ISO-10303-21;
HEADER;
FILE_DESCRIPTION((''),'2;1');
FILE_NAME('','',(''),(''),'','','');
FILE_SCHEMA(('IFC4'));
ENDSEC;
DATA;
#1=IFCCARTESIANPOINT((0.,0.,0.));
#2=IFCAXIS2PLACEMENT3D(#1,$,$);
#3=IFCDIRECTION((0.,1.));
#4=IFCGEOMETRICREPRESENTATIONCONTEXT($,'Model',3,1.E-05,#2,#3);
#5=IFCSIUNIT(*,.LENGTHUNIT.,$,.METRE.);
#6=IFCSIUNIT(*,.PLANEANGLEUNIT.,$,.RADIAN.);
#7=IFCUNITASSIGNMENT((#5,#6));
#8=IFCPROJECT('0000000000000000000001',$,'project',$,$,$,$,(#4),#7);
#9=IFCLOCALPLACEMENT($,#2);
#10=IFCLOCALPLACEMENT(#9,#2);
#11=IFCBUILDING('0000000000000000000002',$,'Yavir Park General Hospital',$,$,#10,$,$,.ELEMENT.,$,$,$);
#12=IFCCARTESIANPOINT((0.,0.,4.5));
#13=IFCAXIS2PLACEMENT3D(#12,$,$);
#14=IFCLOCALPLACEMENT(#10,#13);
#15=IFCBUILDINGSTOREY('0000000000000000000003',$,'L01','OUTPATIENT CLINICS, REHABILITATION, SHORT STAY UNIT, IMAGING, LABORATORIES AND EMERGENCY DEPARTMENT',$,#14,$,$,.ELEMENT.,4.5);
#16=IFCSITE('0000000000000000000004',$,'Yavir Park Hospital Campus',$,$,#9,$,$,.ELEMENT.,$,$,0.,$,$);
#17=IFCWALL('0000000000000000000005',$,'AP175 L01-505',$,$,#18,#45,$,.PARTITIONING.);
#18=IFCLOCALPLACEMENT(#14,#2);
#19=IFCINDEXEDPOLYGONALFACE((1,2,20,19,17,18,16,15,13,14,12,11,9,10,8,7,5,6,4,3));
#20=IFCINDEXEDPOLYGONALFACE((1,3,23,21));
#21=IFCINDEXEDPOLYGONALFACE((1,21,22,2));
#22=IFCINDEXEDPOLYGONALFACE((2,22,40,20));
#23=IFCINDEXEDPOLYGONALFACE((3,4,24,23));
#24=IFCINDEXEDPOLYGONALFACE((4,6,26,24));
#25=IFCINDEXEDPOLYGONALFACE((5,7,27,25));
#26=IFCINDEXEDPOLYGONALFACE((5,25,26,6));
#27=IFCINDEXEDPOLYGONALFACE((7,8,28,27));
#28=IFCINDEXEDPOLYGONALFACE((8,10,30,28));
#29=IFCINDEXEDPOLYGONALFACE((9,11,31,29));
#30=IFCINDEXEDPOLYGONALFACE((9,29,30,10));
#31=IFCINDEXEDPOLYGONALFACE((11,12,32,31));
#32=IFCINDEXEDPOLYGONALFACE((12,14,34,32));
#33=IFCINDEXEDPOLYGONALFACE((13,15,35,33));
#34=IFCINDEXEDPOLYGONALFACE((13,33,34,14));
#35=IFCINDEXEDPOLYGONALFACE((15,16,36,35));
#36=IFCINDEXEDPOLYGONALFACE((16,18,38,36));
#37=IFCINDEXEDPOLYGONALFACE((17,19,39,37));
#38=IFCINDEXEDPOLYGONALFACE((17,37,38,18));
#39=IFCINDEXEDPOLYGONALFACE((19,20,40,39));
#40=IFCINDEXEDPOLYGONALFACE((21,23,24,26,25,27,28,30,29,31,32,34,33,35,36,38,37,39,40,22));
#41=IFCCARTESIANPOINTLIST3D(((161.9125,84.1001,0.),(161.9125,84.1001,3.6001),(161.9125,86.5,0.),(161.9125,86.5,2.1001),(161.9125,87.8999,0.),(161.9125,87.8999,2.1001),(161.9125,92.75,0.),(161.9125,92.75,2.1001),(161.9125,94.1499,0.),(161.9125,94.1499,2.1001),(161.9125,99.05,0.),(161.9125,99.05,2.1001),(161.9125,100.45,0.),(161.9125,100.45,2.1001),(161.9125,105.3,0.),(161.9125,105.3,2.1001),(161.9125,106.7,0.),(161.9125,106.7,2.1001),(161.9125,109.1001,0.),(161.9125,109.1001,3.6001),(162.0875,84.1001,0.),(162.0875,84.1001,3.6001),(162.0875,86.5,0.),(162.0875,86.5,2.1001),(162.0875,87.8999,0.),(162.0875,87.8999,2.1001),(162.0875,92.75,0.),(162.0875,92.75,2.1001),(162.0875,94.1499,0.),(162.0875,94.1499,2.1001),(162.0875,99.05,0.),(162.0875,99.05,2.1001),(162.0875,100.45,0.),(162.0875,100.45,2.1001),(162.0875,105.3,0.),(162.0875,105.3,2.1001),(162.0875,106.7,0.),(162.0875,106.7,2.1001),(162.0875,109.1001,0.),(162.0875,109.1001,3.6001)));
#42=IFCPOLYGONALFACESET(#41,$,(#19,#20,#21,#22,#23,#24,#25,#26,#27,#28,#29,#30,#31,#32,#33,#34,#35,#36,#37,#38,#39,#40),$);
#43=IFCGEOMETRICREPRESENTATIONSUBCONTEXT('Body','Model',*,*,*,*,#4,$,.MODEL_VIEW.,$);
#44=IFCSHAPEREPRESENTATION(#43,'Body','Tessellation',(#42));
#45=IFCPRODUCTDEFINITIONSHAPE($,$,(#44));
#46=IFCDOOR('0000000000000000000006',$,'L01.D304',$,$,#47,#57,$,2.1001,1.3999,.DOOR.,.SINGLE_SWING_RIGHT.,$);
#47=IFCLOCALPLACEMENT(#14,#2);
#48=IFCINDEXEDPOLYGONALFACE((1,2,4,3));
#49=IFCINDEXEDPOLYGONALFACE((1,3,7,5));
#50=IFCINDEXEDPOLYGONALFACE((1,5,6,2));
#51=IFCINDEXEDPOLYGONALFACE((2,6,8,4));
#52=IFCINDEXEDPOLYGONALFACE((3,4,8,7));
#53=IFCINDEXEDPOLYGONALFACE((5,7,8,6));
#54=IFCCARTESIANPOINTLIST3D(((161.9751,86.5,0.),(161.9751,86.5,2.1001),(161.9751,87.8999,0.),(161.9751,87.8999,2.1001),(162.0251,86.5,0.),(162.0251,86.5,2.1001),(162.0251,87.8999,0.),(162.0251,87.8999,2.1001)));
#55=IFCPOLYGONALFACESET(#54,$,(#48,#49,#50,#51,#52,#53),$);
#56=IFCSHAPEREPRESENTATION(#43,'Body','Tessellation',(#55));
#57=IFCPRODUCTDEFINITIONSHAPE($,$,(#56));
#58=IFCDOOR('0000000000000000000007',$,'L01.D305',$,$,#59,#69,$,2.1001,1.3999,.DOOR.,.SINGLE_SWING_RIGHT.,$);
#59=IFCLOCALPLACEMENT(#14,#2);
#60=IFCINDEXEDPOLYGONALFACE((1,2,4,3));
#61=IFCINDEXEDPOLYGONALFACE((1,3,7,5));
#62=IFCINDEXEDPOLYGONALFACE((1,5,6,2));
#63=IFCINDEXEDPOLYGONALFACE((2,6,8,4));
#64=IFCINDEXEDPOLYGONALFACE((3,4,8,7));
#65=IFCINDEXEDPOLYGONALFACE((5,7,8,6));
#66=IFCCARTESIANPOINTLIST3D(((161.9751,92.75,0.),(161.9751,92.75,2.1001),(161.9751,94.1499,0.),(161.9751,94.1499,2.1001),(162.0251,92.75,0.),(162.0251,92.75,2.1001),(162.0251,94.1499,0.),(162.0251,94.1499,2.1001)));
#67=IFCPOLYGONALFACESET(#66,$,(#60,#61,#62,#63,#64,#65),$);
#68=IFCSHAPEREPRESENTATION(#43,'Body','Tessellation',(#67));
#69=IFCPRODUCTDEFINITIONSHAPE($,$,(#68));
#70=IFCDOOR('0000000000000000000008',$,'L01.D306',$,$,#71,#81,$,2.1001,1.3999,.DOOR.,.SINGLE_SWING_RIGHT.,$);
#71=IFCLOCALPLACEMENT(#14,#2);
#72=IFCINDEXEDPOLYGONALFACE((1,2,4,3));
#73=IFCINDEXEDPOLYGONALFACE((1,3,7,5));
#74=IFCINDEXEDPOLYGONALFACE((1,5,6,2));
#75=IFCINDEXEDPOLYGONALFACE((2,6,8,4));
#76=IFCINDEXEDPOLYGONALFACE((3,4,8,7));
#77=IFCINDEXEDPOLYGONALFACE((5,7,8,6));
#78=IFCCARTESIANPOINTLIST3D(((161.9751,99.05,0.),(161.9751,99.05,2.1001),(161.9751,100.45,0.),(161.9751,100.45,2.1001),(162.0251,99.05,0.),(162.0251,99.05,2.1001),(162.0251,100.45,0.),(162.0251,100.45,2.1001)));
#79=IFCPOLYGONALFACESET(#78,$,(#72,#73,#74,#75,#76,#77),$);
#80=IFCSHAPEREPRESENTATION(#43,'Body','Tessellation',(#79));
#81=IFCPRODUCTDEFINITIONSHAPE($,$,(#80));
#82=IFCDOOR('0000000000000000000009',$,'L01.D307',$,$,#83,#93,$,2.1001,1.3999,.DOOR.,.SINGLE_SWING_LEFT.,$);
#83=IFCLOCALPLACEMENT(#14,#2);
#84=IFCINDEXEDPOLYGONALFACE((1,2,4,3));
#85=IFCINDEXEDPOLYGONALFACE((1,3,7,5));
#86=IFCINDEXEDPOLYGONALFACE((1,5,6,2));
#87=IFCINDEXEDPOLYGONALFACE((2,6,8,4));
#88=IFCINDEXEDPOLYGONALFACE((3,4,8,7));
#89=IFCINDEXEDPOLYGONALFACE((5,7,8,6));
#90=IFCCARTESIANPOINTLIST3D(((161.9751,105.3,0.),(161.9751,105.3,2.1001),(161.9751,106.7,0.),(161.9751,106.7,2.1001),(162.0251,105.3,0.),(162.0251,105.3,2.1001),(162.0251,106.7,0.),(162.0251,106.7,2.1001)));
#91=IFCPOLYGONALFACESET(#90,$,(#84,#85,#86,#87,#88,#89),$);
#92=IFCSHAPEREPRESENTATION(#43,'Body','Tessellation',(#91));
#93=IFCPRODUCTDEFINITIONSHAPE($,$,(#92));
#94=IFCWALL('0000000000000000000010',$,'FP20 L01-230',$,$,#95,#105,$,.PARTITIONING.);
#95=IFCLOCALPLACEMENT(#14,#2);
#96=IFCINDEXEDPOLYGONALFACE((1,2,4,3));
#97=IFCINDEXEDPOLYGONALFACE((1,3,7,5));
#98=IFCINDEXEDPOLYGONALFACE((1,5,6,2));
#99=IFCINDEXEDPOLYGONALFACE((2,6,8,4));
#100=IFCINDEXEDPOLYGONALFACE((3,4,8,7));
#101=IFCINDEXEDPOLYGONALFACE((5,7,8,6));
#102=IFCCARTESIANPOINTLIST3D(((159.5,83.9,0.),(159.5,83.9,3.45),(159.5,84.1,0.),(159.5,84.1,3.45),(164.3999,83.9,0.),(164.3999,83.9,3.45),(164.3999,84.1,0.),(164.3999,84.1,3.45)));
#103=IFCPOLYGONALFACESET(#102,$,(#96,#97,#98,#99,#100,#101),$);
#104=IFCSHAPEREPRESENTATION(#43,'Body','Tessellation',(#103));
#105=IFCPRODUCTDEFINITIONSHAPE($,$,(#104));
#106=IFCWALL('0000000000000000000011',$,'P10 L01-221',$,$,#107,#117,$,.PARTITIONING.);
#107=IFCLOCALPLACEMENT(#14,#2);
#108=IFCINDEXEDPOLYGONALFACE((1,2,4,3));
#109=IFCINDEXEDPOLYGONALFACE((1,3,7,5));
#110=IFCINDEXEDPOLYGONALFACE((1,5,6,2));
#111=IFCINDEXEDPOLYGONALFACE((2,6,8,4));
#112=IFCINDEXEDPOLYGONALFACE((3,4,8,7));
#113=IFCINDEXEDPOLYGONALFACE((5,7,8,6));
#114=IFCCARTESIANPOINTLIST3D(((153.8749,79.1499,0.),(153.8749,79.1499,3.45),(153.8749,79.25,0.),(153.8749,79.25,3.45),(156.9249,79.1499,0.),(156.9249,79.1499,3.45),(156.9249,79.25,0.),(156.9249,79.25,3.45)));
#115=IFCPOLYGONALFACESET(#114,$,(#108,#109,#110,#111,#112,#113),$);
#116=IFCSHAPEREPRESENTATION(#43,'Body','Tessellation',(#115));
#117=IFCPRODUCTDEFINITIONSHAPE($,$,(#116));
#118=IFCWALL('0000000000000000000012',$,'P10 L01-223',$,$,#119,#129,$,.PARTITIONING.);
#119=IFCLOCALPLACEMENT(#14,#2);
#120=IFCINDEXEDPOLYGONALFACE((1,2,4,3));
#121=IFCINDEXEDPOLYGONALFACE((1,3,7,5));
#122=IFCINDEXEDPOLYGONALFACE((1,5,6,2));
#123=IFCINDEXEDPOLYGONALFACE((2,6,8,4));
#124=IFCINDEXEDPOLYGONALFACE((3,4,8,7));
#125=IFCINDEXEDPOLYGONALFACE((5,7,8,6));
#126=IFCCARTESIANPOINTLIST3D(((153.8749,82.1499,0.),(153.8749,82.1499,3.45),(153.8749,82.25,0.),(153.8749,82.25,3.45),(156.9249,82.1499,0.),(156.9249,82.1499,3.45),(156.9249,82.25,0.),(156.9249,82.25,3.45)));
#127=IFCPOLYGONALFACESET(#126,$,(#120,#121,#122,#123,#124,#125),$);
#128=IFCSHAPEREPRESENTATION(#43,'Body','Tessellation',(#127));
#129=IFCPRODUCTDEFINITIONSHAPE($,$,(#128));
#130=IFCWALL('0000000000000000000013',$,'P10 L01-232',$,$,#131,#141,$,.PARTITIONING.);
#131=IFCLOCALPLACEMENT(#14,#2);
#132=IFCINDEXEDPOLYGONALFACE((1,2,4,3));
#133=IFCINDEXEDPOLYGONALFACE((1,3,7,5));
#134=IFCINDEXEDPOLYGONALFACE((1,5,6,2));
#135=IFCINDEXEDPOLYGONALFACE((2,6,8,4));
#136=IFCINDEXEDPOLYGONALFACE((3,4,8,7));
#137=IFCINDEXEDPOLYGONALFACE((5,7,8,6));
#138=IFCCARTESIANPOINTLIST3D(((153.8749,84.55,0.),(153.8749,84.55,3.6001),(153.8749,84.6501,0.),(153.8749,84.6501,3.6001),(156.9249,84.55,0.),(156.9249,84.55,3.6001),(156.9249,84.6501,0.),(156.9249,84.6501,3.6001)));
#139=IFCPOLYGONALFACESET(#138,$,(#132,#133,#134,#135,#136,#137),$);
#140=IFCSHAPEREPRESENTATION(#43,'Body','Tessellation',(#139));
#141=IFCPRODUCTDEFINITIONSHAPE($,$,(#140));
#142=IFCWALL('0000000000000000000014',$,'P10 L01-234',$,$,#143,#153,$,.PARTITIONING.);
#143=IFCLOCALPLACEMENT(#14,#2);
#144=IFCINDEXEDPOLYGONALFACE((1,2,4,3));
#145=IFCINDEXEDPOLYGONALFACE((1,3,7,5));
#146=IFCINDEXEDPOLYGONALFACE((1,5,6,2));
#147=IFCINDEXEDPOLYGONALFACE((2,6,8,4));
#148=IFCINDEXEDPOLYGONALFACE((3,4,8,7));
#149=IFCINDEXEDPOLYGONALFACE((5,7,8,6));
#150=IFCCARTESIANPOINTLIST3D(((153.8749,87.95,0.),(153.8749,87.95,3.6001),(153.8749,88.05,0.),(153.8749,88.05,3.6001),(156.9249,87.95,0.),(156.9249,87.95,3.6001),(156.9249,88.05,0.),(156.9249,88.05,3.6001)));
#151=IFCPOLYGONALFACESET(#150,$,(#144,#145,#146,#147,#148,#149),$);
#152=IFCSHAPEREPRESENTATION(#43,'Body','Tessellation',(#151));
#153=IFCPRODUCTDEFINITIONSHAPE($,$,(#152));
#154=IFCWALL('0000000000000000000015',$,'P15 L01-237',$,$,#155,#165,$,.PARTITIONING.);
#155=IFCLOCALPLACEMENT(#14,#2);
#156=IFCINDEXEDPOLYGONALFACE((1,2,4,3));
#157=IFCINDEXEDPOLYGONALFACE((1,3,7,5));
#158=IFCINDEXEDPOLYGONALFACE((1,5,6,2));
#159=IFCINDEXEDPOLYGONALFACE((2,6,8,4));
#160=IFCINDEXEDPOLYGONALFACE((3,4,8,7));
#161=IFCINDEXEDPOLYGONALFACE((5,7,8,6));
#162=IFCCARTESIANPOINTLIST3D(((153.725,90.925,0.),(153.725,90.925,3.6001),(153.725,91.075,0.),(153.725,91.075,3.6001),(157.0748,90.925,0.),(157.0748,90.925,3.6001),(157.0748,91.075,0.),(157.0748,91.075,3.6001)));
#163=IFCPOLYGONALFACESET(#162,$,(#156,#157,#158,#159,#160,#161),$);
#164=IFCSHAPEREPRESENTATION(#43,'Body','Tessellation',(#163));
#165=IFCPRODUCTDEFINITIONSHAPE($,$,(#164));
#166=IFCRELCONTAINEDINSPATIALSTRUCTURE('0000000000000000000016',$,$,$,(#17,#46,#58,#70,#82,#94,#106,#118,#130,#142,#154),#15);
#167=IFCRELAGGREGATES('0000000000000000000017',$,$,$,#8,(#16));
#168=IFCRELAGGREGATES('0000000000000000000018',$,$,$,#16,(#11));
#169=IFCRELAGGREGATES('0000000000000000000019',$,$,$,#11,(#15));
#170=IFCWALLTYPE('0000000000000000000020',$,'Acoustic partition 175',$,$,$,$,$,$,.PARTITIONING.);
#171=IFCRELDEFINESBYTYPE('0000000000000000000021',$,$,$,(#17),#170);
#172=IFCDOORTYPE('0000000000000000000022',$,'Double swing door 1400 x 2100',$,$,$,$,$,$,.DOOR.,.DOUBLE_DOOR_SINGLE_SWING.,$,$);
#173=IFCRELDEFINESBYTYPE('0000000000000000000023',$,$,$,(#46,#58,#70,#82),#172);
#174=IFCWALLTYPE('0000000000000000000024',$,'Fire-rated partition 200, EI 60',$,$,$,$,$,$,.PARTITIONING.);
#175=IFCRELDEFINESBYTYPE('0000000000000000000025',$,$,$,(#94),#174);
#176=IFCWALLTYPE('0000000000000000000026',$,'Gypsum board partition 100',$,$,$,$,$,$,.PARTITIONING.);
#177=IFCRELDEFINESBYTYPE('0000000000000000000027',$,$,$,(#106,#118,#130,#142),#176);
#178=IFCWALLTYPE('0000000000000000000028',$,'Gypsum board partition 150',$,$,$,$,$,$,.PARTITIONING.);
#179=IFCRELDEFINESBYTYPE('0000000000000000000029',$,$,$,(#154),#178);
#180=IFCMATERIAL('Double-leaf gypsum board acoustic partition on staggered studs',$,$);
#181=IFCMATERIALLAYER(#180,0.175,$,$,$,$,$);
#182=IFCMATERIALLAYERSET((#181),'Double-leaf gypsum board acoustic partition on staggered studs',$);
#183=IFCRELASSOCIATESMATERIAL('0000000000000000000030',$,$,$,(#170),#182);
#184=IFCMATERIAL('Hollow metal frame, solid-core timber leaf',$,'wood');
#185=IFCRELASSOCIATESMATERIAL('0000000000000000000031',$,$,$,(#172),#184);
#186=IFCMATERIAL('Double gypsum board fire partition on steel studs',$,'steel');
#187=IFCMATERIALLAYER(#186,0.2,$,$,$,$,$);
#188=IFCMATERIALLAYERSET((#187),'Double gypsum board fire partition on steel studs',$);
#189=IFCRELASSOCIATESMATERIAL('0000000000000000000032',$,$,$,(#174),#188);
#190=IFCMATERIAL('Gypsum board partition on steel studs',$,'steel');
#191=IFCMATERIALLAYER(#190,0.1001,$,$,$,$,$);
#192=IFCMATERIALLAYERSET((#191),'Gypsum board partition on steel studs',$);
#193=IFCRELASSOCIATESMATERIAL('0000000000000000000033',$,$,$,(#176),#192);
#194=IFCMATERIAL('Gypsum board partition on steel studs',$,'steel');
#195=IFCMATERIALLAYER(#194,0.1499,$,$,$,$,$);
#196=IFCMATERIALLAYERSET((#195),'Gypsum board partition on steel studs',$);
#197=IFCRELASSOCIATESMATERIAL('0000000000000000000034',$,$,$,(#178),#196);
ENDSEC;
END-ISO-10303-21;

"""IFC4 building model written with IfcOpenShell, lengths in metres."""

from ifc_helpers import new_model, si_unit, direction, frame, frame_2d, origin, place, context, subcontext, project, spatial, rectangle, extrude, material, layer, layer_set, type_object, element, fill, save


model = new_model("IFC4")

# Units and contexts
model_context = context("Model", 3, precision=1e-05, world=origin(), true_north=direction((0.0, 1.0)))
body_context = subcontext(model_context, "Body", "Model", "MODEL_VIEW")
ifc_project = project(units=[si_unit("LENGTHUNIT", "METRE"), si_unit("PLANEANGLEUNIT", "RADIAN")], contexts=[model_context])

# Site, building, storey
site_placement = place(None, origin())
site = spatial("IfcSite", under=ifc_project, at=site_placement, Name="Yavir Park Hospital Campus", CompositionType="ELEMENT", RefElevation=0.0)
building_placement = place(site_placement, origin())
building = spatial("IfcBuilding", under=site, at=building_placement, Name="Yavir Park General Hospital", CompositionType="ELEMENT")
storey_placement = place(building_placement, frame((0.0, 0.0, 4.5)))
storey = spatial("IfcBuildingStorey", under=building, at=storey_placement, Name="L01", Description="OUTPATIENT CLINICS, REHABILITATION, SHORT STAY UNIT, IMAGING, LABORATORIES AND EMERGENCY DEPARTMENT", CompositionType="ELEMENT", Elevation=4.5)

# Shared definitions
ifc_material_1 = material(Name="Double-leaf gypsum board acoustic partition on staggered studs")
ifc_layer_1 = layer(ifc_material_1, 0.175)
ifc_layer_set_1 = layer_set([ifc_layer_1], Name="Double-leaf gypsum board acoustic partition on staggered studs")
wall_type_1 = type_object("IfcWallType", Name="Acoustic partition 175", PredefinedType="PARTITIONING", material=ifc_layer_set_1)

# Wall, openings, doors
wall_1_placement = place(storey_placement, frame((162.0, 84.1001, 0.0), z_axis=(0.0, 0.0, 1.0), x_axis=(0.0, 1.0, 0.0)))
wall_1 = element("IfcWall", 1, at=wall_1_placement, inside=storey, type_object=wall_type_1, Name="AP175 L01-505", PredefinedType="PARTITIONING", context=body_context, shape_type="SweptSolid", body=[
    extrude(rectangle(XDim=25.0, YDim=0.175, at=frame_2d((12.5, 0.0))), origin(), (0.0, 0.0, 1.0), 3.6001),
])
opening_1_placement = place(wall_1_placement, frame((2.3999, 0.0, 0.0)))
opening_1 = element("IfcOpeningElement", 2, at=opening_1_placement, cuts=wall_1, PredefinedType="OPENING", context=body_context, shape_type="SweptSolid", body=[
    extrude(rectangle(XDim=1.3999, YDim=2.1001, at=frame_2d((0.7, 1.05))), frame((0.0, 0.0974, 0.0), z_axis=(0.0, -1.0, 0.0), x_axis=(1.0, 0.0, 0.0)), (0.0, 0.0, 1.0), 0.1951),
])
opening_2_placement = place(wall_1_placement, frame((8.6499, 0.0, 0.0)))
opening_2 = element("IfcOpeningElement", 3, at=opening_2_placement, cuts=wall_1, PredefinedType="OPENING", context=body_context, shape_type="SweptSolid", body=[
    extrude(rectangle(XDim=1.3999, YDim=2.1001, at=frame_2d((0.7, 1.05))), frame((0.0, 0.0974, 0.0), z_axis=(0.0, -1.0, 0.0), x_axis=(1.0, 0.0, 0.0)), (0.0, 0.0, 1.0), 0.1951),
])
opening_3_placement = place(wall_1_placement, frame((14.95, 0.0, 0.0)))
opening_3 = element("IfcOpeningElement", 4, at=opening_3_placement, cuts=wall_1, PredefinedType="OPENING", context=body_context, shape_type="SweptSolid", body=[
    extrude(rectangle(XDim=1.3999, YDim=2.1001, at=frame_2d((0.7, 1.05))), frame((0.0, 0.0974, 0.0), z_axis=(0.0, -1.0, 0.0), x_axis=(1.0, 0.0, 0.0)), (0.0, 0.0, 1.0), 0.1951),
])
opening_4_placement = place(wall_1_placement, frame((21.2, 0.0, 0.0)))
opening_4 = element("IfcOpeningElement", 5, at=opening_4_placement, cuts=wall_1, PredefinedType="OPENING", context=body_context, shape_type="SweptSolid", body=[
    extrude(rectangle(XDim=1.3999, YDim=2.1001, at=frame_2d((0.7, 1.05))), frame((0.0, 0.0974, 0.0), z_axis=(0.0, -1.0, 0.0), x_axis=(1.0, 0.0, 0.0)), (0.0, 0.0, 1.0), 0.1951),
])
ifc_material_2 = material(Name="Hollow metal frame, solid-core timber leaf", Category="wood")
door_type = type_object("IfcDoorType", Name="Double swing door 1400 x 2100", OperationType="DOUBLE_DOOR_SINGLE_SWING", PredefinedType="DOOR", material=ifc_material_2)
door_1_placement = place(opening_1_placement, origin())
door_1 = element("IfcDoor", 6, at=door_1_placement, inside=storey, type_object=door_type, Name="L01.D304", OperationType="SINGLE_SWING_RIGHT", OverallHeight=2.1001, OverallWidth=1.3999, PredefinedType="DOOR", context=body_context, shape_type="SweptSolid", body=[
    extrude(rectangle(XDim=1.3999, YDim=2.1001, at=frame_2d((0.7, 1.05))), frame((0.0, 0.0249, 0.0), z_axis=(0.0, -1.0, 0.0), x_axis=(1.0, 0.0, 0.0)), (0.0, 0.0, 1.0), 0.05),
])
fill(opening_1, door_1)
door_2_placement = place(opening_2_placement, origin())
door_2 = element("IfcDoor", 7, at=door_2_placement, inside=storey, type_object=door_type, Name="L01.D305", OperationType="SINGLE_SWING_RIGHT", OverallHeight=2.1001, OverallWidth=1.3999, PredefinedType="DOOR", context=body_context, shape_type="SweptSolid", body=[
    extrude(rectangle(XDim=1.3999, YDim=2.1001, at=frame_2d((0.7, 1.05))), frame((0.0, 0.0249, 0.0), z_axis=(0.0, -1.0, 0.0), x_axis=(1.0, 0.0, 0.0)), (0.0, 0.0, 1.0), 0.05),
])
fill(opening_2, door_2)
door_3_placement = place(opening_3_placement, origin())
door_3 = element("IfcDoor", 8, at=door_3_placement, inside=storey, type_object=door_type, Name="L01.D306", OperationType="SINGLE_SWING_RIGHT", OverallHeight=2.1001, OverallWidth=1.3999, PredefinedType="DOOR", context=body_context, shape_type="SweptSolid", body=[
    extrude(rectangle(XDim=1.3999, YDim=2.1001, at=frame_2d((0.7, 1.05))), frame((0.0, 0.0249, 0.0), z_axis=(0.0, -1.0, 0.0), x_axis=(1.0, 0.0, 0.0)), (0.0, 0.0, 1.0), 0.05),
])
fill(opening_3, door_3)
door_4_placement = place(opening_4_placement, origin())
door_4 = element("IfcDoor", 9, at=door_4_placement, inside=storey, type_object=door_type, Name="L01.D307", OperationType="SINGLE_SWING_LEFT", OverallHeight=2.1001, OverallWidth=1.3999, PredefinedType="DOOR", context=body_context, shape_type="SweptSolid", body=[
    extrude(rectangle(XDim=1.3999, YDim=2.1001, at=frame_2d((0.7, 1.05))), frame((0.0, 0.0249, 0.0), z_axis=(0.0, -1.0, 0.0), x_axis=(1.0, 0.0, 0.0)), (0.0, 0.0, 1.0), 0.05),
])
fill(opening_4, door_4)

# Walls
ifc_material_3 = material(Name="Double gypsum board fire partition on steel studs", Category="steel")
ifc_layer_2 = layer(ifc_material_3, 0.2)
ifc_layer_set_2 = layer_set([ifc_layer_2], Name="Double gypsum board fire partition on steel studs")
wall_type_2 = type_object("IfcWallType", Name="Fire-rated partition 200, EI 60", PredefinedType="PARTITIONING", material=ifc_layer_set_2)
wall_2_placement = place(storey_placement, frame((159.5, 84.0, 0.0), z_axis=(0.0, 0.0, 1.0), x_axis=(1.0, 0.0, 0.0)))
element("IfcWall", 10, at=wall_2_placement, inside=storey, type_object=wall_type_2, Name="FP20 L01-230", PredefinedType="PARTITIONING", context=body_context, shape_type="SweptSolid", body=[
    extrude(rectangle(XDim=4.8999, YDim=0.2, at=frame_2d((2.45, 0.0))), origin(), (0.0, 0.0, 1.0), 3.45),
])
ifc_material_4 = material(Name="Gypsum board partition on steel studs", Category="steel")
ifc_layer_3 = layer(ifc_material_4, 0.1001)
ifc_layer_set_3 = layer_set([ifc_layer_3], Name="Gypsum board partition on steel studs")
wall_type_3 = type_object("IfcWallType", Name="Gypsum board partition 100", PredefinedType="PARTITIONING", material=ifc_layer_set_3)
for number, where, z_axis, x_axis, name in (
    (11, (153.875, 79.2, 0.0), (0.0, 0.0, 1.0), (1.0, 0.0, 0.0), "P10 L01-221"),
    (12, (153.875, 82.2, 0.0), (0.0, 0.0, 1.0), (1.0, 0.0, 0.0), "P10 L01-223"),
):
    element("IfcWall", number, at=place(storey_placement, frame(where, z_axis=z_axis, x_axis=x_axis)), inside=storey, type_object=wall_type_3, Name=name, PredefinedType="PARTITIONING", context=body_context, shape_type="SweptSolid", body=[
        extrude(rectangle(XDim=3.05, YDim=0.1001, at=frame_2d((1.5249, 0.0))), origin(), (0.0, 0.0, 1.0), 3.45),
    ])
for number, where, z_axis, x_axis, name in (
    (13, (153.875, 84.6001, 0.0), (0.0, 0.0, 1.0), (1.0, 0.0, 0.0), "P10 L01-232"),
    (14, (153.875, 88.0, 0.0), (0.0, 0.0, 1.0), (1.0, 0.0, 0.0), "P10 L01-234"),
):
    element("IfcWall", number, at=place(storey_placement, frame(where, z_axis=z_axis, x_axis=x_axis)), inside=storey, type_object=wall_type_3, Name=name, PredefinedType="PARTITIONING", context=body_context, shape_type="SweptSolid", body=[
        extrude(rectangle(XDim=3.05, YDim=0.1001, at=frame_2d((1.5249, 0.0))), origin(), (0.0, 0.0, 1.0), 3.6001),
    ])
ifc_material_5 = material(Name="Gypsum board partition on steel studs", Category="steel")
ifc_layer_4 = layer(ifc_material_5, 0.1499)
ifc_layer_set_4 = layer_set([ifc_layer_4], Name="Gypsum board partition on steel studs")
wall_type_4 = type_object("IfcWallType", Name="Gypsum board partition 150", PredefinedType="PARTITIONING", material=ifc_layer_set_4)
wall_3_placement = place(storey_placement, frame((153.7251, 91.0, 0.0), z_axis=(0.0, 0.0, 1.0), x_axis=(1.0, 0.0, 0.0)))
element("IfcWall", 15, at=wall_3_placement, inside=storey, type_object=wall_type_4, Name="P15 L01-237", PredefinedType="PARTITIONING", context=body_context, shape_type="SweptSolid", body=[
    extrude(rectangle(XDim=3.3499, YDim=0.1499, at=frame_2d((1.6748, 0.0))), origin(), (0.0, 0.0, 1.0), 3.6001),
])

save(model, "model.ifc")
